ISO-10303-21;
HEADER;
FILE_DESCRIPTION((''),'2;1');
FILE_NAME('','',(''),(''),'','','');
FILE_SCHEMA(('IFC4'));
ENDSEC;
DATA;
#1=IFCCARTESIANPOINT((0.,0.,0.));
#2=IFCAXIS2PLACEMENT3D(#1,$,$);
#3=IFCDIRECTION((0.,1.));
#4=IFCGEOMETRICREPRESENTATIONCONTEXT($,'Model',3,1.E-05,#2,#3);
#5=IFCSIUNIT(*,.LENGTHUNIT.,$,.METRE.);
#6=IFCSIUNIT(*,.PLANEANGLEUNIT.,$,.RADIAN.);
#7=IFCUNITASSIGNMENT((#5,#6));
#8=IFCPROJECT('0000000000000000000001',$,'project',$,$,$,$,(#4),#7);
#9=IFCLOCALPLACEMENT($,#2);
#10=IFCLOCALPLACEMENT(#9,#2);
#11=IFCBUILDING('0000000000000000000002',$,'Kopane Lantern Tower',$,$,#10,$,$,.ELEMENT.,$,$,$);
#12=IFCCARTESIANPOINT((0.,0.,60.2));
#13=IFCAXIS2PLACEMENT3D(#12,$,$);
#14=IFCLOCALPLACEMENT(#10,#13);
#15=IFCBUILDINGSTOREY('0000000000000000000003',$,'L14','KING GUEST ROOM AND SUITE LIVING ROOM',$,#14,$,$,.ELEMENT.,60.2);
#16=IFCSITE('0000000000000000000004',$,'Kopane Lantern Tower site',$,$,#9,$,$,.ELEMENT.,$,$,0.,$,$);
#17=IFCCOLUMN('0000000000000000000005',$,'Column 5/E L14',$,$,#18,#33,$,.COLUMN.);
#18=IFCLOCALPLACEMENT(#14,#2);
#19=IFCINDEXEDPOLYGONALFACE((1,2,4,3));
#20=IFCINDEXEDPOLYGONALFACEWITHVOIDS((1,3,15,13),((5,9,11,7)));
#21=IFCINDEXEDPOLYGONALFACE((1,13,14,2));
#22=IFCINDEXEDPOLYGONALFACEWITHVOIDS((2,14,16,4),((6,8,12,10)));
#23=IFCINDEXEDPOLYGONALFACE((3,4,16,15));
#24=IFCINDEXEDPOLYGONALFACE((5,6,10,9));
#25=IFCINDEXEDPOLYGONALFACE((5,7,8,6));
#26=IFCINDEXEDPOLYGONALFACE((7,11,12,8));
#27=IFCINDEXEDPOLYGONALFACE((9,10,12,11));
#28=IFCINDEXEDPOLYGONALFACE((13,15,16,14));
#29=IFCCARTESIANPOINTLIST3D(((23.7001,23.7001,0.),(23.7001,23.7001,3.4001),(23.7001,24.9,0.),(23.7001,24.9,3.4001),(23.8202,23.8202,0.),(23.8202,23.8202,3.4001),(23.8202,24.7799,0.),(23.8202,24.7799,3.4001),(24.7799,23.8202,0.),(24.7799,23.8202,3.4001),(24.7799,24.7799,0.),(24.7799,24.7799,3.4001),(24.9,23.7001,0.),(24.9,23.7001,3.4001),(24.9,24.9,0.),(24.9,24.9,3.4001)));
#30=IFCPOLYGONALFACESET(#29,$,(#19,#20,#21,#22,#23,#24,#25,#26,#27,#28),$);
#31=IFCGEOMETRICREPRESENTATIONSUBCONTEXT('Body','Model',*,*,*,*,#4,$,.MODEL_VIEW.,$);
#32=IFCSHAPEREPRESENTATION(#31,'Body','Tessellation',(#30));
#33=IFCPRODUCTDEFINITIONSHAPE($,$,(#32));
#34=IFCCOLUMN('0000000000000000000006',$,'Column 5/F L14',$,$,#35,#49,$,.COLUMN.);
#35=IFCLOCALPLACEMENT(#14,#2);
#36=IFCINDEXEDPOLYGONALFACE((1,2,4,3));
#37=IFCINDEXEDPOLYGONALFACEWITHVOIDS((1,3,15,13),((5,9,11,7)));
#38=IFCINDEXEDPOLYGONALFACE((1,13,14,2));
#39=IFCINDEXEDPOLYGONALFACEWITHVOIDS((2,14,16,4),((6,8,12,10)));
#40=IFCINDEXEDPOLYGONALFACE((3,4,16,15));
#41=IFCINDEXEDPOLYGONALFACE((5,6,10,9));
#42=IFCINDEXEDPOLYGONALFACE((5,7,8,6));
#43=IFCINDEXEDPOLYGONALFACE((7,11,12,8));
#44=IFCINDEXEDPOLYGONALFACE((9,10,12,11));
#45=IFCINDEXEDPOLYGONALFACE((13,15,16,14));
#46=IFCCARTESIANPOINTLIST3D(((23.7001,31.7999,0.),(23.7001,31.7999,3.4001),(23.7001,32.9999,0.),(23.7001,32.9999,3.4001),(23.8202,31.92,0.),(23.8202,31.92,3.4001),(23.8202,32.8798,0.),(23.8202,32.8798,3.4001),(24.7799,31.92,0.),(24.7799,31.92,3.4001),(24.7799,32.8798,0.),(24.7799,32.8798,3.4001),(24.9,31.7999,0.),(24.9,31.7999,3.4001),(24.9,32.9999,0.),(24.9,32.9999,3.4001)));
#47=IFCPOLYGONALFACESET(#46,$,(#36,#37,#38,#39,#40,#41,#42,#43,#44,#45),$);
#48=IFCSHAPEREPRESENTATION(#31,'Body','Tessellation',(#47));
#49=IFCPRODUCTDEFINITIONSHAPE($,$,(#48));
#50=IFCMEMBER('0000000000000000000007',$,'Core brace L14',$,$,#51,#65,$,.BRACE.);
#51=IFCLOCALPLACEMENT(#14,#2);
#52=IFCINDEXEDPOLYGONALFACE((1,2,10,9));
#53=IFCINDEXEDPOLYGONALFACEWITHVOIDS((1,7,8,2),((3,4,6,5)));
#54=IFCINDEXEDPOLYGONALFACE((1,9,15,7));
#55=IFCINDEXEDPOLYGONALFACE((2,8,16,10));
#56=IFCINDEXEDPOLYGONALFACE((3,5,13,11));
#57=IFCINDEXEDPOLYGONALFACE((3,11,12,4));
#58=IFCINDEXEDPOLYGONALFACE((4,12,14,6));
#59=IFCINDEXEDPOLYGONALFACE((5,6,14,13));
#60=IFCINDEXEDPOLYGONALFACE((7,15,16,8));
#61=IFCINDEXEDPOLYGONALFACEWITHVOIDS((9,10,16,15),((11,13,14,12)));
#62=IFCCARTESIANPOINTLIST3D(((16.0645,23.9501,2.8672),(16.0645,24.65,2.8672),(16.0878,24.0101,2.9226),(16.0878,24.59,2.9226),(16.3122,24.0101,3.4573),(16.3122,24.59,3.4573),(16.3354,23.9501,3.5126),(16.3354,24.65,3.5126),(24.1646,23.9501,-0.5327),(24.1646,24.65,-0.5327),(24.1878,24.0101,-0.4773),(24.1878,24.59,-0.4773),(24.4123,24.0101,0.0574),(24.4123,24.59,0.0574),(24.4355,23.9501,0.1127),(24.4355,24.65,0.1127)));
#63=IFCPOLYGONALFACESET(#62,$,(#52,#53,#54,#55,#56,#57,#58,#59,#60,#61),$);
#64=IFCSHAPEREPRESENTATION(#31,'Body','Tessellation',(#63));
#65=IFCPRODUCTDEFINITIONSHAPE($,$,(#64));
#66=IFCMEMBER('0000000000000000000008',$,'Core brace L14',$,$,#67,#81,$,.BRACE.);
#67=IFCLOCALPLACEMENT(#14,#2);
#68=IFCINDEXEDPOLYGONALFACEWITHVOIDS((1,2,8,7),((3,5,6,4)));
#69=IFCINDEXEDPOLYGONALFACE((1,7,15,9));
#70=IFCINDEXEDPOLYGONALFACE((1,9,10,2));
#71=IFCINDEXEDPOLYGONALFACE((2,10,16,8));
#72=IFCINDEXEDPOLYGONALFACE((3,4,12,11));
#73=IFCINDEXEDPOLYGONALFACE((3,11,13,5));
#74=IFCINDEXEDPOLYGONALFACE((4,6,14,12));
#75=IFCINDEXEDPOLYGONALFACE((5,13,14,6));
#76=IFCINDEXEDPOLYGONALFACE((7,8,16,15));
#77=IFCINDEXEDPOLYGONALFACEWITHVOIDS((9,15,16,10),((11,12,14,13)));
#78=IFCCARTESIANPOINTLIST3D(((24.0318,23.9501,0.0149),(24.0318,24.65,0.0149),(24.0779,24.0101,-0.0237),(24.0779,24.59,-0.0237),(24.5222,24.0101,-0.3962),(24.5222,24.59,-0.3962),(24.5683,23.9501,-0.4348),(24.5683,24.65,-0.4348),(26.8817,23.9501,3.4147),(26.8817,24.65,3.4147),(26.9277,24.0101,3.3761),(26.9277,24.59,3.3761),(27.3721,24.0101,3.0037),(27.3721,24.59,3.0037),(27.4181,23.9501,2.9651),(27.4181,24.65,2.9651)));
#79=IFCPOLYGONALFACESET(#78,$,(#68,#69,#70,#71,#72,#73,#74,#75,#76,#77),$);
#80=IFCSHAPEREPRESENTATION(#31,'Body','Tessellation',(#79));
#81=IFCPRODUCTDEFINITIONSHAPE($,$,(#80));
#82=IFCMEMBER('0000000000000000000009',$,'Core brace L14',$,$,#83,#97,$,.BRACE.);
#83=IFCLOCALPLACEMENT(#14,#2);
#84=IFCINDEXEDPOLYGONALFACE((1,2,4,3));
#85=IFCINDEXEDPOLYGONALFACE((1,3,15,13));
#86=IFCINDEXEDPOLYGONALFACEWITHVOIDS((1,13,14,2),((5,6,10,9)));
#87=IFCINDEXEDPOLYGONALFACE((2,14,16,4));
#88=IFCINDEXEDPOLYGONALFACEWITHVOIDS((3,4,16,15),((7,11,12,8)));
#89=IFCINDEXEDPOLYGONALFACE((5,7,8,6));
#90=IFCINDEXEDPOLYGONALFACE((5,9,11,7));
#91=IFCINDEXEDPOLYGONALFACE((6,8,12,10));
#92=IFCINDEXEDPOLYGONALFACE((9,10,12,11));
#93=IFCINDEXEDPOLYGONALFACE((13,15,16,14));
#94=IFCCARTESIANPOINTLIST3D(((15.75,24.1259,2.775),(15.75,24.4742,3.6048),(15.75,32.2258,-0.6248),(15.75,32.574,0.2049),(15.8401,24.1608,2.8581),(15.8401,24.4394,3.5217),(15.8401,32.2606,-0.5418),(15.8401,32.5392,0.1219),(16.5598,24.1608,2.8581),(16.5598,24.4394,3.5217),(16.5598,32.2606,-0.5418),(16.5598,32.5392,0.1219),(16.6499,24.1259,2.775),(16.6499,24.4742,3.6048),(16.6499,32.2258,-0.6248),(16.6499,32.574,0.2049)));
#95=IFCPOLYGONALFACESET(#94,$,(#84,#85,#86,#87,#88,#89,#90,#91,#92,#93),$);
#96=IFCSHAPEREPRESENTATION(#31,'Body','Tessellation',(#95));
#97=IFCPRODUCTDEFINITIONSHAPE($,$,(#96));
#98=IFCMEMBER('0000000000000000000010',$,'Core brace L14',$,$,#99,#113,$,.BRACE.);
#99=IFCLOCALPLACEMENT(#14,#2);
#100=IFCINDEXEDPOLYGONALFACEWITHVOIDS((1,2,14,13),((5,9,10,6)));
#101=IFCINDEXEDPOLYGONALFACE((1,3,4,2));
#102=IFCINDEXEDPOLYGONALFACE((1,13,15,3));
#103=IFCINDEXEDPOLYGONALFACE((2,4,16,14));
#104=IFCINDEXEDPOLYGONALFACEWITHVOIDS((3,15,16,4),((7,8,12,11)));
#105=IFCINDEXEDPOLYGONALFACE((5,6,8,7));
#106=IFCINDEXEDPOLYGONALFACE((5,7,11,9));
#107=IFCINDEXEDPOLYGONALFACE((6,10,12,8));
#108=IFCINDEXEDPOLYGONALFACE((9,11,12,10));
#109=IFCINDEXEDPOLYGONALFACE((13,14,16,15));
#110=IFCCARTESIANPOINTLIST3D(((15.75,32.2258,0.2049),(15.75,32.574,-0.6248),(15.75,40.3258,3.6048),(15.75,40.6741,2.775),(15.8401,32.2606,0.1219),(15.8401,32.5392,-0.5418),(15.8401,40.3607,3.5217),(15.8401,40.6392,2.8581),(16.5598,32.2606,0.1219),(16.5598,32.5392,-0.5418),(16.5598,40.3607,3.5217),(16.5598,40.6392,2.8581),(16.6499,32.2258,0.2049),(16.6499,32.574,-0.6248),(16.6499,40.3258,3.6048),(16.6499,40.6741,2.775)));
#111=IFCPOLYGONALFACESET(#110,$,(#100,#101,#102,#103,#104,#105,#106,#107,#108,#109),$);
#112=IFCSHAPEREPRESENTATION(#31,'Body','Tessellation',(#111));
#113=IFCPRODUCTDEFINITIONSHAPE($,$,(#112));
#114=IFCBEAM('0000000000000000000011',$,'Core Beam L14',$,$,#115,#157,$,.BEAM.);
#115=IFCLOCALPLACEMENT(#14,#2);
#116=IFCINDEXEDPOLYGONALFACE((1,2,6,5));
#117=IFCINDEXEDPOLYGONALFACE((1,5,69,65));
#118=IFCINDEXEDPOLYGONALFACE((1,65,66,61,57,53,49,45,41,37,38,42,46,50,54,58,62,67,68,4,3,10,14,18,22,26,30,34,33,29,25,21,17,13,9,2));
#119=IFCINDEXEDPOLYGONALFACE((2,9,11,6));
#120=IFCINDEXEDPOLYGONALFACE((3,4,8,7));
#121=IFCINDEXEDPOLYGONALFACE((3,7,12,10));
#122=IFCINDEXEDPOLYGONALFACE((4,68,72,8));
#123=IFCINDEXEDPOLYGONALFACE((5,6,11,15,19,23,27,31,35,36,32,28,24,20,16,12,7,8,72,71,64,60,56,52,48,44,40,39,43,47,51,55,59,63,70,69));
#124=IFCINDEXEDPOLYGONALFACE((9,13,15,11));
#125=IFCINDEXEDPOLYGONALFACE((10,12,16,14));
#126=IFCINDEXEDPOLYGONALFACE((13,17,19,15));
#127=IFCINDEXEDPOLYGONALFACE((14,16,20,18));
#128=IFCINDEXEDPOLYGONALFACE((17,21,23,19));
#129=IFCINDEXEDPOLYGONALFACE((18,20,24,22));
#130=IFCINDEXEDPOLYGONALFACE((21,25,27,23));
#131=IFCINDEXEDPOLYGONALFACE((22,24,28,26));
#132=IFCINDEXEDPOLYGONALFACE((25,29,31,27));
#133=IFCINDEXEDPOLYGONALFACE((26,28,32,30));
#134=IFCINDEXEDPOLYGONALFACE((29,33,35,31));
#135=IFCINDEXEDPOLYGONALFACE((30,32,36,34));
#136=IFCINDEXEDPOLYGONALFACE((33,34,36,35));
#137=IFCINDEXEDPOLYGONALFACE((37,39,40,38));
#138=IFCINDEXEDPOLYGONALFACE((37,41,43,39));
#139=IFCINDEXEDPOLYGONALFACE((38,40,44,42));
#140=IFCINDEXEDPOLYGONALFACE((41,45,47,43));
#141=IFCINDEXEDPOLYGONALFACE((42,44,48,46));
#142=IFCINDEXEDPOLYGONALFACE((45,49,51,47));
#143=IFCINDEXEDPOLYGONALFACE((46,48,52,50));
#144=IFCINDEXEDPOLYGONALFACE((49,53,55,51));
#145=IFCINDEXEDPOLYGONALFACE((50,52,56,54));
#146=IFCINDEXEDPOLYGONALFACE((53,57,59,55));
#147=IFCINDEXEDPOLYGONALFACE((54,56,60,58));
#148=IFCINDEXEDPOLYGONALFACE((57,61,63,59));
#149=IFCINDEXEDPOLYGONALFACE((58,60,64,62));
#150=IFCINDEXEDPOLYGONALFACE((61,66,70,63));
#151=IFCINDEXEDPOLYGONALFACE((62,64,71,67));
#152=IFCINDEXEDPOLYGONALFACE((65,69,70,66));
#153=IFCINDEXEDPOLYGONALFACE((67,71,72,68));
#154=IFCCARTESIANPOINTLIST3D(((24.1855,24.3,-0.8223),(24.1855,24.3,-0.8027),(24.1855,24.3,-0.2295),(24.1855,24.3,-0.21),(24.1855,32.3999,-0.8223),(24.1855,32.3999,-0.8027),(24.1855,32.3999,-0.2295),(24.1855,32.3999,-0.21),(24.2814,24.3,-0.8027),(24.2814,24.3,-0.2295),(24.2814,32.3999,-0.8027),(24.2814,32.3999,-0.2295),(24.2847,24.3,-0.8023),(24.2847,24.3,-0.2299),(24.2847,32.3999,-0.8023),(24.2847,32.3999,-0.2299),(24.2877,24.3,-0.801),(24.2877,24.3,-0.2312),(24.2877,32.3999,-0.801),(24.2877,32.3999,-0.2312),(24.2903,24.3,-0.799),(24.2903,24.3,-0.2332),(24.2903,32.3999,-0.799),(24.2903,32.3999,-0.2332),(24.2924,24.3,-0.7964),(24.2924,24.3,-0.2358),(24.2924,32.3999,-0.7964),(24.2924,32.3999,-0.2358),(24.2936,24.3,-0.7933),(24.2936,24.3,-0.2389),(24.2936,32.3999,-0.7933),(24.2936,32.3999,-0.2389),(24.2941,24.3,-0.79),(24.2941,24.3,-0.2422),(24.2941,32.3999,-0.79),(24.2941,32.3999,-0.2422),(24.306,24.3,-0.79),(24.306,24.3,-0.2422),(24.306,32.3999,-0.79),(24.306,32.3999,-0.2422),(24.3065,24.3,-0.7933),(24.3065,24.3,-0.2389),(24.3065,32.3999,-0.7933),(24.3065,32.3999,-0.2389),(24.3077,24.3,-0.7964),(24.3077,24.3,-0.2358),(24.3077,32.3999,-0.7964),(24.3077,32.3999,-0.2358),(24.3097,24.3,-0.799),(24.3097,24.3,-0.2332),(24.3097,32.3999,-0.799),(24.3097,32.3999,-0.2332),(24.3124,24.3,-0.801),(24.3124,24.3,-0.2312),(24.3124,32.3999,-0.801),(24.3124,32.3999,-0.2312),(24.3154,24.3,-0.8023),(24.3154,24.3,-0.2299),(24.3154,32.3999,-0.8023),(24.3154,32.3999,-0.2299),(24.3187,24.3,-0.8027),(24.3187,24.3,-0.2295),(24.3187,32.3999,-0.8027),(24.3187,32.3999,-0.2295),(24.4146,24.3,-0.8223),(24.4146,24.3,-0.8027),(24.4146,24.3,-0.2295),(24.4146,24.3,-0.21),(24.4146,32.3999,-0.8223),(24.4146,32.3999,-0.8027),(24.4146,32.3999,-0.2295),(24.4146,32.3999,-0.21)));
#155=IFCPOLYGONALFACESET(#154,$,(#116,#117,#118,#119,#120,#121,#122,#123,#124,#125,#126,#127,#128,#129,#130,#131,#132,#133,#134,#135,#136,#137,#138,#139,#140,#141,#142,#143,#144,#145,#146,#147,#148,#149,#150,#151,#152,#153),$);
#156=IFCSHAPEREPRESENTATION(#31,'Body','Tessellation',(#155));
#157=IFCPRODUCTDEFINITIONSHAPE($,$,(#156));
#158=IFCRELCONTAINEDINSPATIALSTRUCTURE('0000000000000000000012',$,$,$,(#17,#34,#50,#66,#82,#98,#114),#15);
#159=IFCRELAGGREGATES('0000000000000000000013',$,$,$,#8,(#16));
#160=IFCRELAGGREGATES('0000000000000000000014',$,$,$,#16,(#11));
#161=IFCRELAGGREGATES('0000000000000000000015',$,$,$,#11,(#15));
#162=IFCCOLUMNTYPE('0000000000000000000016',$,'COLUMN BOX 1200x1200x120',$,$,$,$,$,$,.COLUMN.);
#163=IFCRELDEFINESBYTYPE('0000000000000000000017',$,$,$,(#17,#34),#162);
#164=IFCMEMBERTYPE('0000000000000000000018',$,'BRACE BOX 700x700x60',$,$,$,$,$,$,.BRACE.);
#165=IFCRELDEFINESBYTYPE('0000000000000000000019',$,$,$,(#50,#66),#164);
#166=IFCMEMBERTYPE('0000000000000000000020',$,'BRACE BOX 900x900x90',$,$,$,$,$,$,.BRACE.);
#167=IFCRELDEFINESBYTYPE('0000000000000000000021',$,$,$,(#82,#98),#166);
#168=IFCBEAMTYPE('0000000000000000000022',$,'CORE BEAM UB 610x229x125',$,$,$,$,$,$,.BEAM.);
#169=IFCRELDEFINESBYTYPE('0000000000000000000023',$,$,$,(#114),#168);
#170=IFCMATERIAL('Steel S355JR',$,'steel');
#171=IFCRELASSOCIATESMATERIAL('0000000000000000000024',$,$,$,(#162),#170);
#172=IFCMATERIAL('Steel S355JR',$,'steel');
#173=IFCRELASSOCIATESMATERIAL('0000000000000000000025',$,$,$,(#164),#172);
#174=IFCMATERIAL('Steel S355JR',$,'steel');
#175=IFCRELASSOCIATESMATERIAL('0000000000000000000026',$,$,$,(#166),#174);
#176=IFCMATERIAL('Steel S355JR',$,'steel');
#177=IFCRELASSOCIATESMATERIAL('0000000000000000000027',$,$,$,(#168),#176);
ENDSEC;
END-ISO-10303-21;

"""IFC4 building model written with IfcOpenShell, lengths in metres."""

from ifc_helpers import new_model, si_unit, direction, frame, origin, origin_2d, place, context, subcontext, project, spatial, hollow_rectangle, i_section, extrude, material, material_profile, profile_set, type_object, element, save


model = new_model("IFC4")

# Units and contexts
model_context = context("Model", 3, precision=1e-05, world=origin(), true_north=direction((0.0, 1.0)))
body_context = subcontext(model_context, "Body", "Model", "MODEL_VIEW")
ifc_project = project(units=[si_unit("LENGTHUNIT", "METRE"), si_unit("PLANEANGLEUNIT", "RADIAN")], contexts=[model_context])

# Site, building, storey
site_placement = place(None, origin())
site = spatial("IfcSite", under=ifc_project, at=site_placement, Name="Kopane Lantern Tower site", CompositionType="ELEMENT", RefElevation=0.0)
building_placement = place(site_placement, origin())
building = spatial("IfcBuilding", under=site, at=building_placement, Name="Kopane Lantern Tower", CompositionType="ELEMENT")
storey_placement = place(building_placement, frame((0.0, 0.0, 60.2)))
storey = spatial("IfcBuildingStorey", under=building, at=storey_placement, Name="L14", Description="KING GUEST ROOM AND SUITE LIVING ROOM", CompositionType="ELEMENT", Elevation=60.2)

# Columns
ifc_material_1 = material(Name="Steel S355JR", Category="steel")
ifc_material_profile_1 = material_profile(ifc_material_1, hollow_rectangle(XDim=1.2, YDim=1.2, WallThickness=0.1201, at=origin_2d()), Name="BOX 1200x1200x120")
ifc_profile_set_1 = profile_set([ifc_material_profile_1], Name="Steel S355JR")
column_type = type_object("IfcColumnType", Name="COLUMN BOX 1200x1200x120", PredefinedType="COLUMN", material=ifc_profile_set_1)
for number, where, z_axis, x_axis, name in (
    (1, (24.3, 24.3, 0.0), (0.0, 0.0, 1.0), (1.0, 0.0, 0.0), "Column 5/E L14"),
    (2, (24.3, 32.3999, 0.0), (0.0, 0.0, 1.0), (1.0, 0.0, 0.0), "Column 5/F L14"),
):
    element("IfcColumn", number, at=place(storey_placement, frame(where, z_axis=z_axis, x_axis=x_axis)), inside=storey, type_object=column_type, Name=name, PredefinedType="COLUMN", context=body_context, shape_type="SweptSolid", body=[
        extrude(hollow_rectangle(XDim=1.2, YDim=1.2, WallThickness=0.1201, at=origin_2d()), origin(), (0.0, 0.0, 1.0), 3.4001),
    ])

# Members
ifc_material_2 = material(Name="Steel S355JR", Category="steel")
ifc_material_profile_2 = material_profile(ifc_material_2, hollow_rectangle(XDim=0.7, YDim=0.7, WallThickness=0.0601, at=origin_2d()), Name="BOX 700x700x60")
ifc_profile_set_2 = profile_set([ifc_material_profile_2], Name="Steel S355JR")
member_type_1 = type_object("IfcMemberType", Name="BRACE BOX 700x700x60", PredefinedType="BRACE", material=ifc_profile_set_2)
member_1_placement = place(storey_placement, frame((24.3, 24.3, -0.21), z_axis=(-0.922069, 0.0, 0.387026), x_axis=(0.0, -1.0, 0.0)))
element("IfcMember", 3, at=member_1_placement, inside=storey, type_object=member_type_1, Name="Core brace L14", PredefinedType="BRACE", context=body_context, shape_type="SweptSolid", body=[
    extrude(hollow_rectangle(XDim=0.7, YDim=0.7, WallThickness=0.0601, at=origin_2d()), origin(), (0.0, 0.0, 1.0), 8.7847),
])
member_2_placement = place(storey_placement, frame((24.3, 24.3, -0.21), z_axis=(0.64239, 0.0, 0.766378), x_axis=(0.0, 1.0, 0.0)))
element("IfcMember", 4, at=member_2_placement, inside=storey, type_object=member_type_1, Name="Core brace L14", PredefinedType="BRACE", context=body_context, shape_type="SweptSolid", body=[
    extrude(hollow_rectangle(XDim=0.7, YDim=0.7, WallThickness=0.0601, at=origin_2d()), origin(), (0.0, 0.0, 1.0), 4.4363),
])
ifc_material_3 = material(Name="Steel S355JR", Category="steel")
ifc_material_profile_3 = material_profile(ifc_material_3, hollow_rectangle(XDim=0.8999, YDim=0.8999, WallThickness=0.0901, at=origin_2d()), Name="BOX 900x900x90")
ifc_profile_set_3 = profile_set([ifc_material_profile_3], Name="Steel S355JR")
member_type_2 = type_object("IfcMemberType", Name="BRACE BOX 900x900x90", PredefinedType="BRACE", material=ifc_profile_set_3)
member_3_placement = place(storey_placement, frame((16.2, 32.3999, -0.21), z_axis=(0.0, -0.922065, 0.387035), x_axis=(1.0, 0.0, 0.0)))
element("IfcMember", 5, at=member_3_placement, inside=storey, type_object=member_type_2, Name="Core brace L14", PredefinedType="BRACE", context=body_context, shape_type="SweptSolid", body=[
    extrude(hollow_rectangle(XDim=0.8999, YDim=0.8999, WallThickness=0.0901, at=origin_2d()), origin(), (0.0, 0.0, 1.0), 8.7844),
])
member_4_placement = place(storey_placement, frame((16.2, 32.3999, -0.21), z_axis=(0.0, 0.922069, 0.387026), x_axis=(-1.0, 0.0, 0.0)))
element("IfcMember", 6, at=member_4_placement, inside=storey, type_object=member_type_2, Name="Core brace L14", PredefinedType="BRACE", context=body_context, shape_type="SweptSolid", body=[
    extrude(hollow_rectangle(XDim=0.8999, YDim=0.8999, WallThickness=0.0901, at=origin_2d()), origin(), (0.0, 0.0, 1.0), 8.7847),
])

# Beam
ifc_material_4 = material(Name="Steel S355JR", Category="steel")
ifc_material_profile_4 = material_profile(ifc_material_4, i_section(OverallWidth=0.229, OverallDepth=0.6123, WebThickness=0.012, FlangeThickness=0.0195, FilletRadius=0.0127, at=origin_2d()), Name="UB 610x229x125")
ifc_profile_set_4 = profile_set([ifc_material_profile_4], Name="Steel S355JR")
beam_type_1 = type_object("IfcBeamType", Name="CORE BEAM UB 610x229x125", PredefinedType="BEAM", material=ifc_profile_set_4)
beam_1_placement = place(storey_placement, frame((24.3, 24.3, -0.5161), z_axis=(0.0, 1.0, 0.0), x_axis=(-1.0, 0.0, 0.0)))
element("IfcBeam", 7, at=beam_1_placement, inside=storey, type_object=beam_type_1, Name="Core Beam L14", PredefinedType="BEAM", context=body_context, shape_type="SweptSolid", body=[
    extrude(i_section(OverallWidth=0.229, OverallDepth=0.6123, WebThickness=0.012, FlangeThickness=0.0195, FilletRadius=0.0127, at=origin_2d()), origin(), (0.0, 0.0, 1.0), 8.0999),
])

save(model, "model.ifc")
